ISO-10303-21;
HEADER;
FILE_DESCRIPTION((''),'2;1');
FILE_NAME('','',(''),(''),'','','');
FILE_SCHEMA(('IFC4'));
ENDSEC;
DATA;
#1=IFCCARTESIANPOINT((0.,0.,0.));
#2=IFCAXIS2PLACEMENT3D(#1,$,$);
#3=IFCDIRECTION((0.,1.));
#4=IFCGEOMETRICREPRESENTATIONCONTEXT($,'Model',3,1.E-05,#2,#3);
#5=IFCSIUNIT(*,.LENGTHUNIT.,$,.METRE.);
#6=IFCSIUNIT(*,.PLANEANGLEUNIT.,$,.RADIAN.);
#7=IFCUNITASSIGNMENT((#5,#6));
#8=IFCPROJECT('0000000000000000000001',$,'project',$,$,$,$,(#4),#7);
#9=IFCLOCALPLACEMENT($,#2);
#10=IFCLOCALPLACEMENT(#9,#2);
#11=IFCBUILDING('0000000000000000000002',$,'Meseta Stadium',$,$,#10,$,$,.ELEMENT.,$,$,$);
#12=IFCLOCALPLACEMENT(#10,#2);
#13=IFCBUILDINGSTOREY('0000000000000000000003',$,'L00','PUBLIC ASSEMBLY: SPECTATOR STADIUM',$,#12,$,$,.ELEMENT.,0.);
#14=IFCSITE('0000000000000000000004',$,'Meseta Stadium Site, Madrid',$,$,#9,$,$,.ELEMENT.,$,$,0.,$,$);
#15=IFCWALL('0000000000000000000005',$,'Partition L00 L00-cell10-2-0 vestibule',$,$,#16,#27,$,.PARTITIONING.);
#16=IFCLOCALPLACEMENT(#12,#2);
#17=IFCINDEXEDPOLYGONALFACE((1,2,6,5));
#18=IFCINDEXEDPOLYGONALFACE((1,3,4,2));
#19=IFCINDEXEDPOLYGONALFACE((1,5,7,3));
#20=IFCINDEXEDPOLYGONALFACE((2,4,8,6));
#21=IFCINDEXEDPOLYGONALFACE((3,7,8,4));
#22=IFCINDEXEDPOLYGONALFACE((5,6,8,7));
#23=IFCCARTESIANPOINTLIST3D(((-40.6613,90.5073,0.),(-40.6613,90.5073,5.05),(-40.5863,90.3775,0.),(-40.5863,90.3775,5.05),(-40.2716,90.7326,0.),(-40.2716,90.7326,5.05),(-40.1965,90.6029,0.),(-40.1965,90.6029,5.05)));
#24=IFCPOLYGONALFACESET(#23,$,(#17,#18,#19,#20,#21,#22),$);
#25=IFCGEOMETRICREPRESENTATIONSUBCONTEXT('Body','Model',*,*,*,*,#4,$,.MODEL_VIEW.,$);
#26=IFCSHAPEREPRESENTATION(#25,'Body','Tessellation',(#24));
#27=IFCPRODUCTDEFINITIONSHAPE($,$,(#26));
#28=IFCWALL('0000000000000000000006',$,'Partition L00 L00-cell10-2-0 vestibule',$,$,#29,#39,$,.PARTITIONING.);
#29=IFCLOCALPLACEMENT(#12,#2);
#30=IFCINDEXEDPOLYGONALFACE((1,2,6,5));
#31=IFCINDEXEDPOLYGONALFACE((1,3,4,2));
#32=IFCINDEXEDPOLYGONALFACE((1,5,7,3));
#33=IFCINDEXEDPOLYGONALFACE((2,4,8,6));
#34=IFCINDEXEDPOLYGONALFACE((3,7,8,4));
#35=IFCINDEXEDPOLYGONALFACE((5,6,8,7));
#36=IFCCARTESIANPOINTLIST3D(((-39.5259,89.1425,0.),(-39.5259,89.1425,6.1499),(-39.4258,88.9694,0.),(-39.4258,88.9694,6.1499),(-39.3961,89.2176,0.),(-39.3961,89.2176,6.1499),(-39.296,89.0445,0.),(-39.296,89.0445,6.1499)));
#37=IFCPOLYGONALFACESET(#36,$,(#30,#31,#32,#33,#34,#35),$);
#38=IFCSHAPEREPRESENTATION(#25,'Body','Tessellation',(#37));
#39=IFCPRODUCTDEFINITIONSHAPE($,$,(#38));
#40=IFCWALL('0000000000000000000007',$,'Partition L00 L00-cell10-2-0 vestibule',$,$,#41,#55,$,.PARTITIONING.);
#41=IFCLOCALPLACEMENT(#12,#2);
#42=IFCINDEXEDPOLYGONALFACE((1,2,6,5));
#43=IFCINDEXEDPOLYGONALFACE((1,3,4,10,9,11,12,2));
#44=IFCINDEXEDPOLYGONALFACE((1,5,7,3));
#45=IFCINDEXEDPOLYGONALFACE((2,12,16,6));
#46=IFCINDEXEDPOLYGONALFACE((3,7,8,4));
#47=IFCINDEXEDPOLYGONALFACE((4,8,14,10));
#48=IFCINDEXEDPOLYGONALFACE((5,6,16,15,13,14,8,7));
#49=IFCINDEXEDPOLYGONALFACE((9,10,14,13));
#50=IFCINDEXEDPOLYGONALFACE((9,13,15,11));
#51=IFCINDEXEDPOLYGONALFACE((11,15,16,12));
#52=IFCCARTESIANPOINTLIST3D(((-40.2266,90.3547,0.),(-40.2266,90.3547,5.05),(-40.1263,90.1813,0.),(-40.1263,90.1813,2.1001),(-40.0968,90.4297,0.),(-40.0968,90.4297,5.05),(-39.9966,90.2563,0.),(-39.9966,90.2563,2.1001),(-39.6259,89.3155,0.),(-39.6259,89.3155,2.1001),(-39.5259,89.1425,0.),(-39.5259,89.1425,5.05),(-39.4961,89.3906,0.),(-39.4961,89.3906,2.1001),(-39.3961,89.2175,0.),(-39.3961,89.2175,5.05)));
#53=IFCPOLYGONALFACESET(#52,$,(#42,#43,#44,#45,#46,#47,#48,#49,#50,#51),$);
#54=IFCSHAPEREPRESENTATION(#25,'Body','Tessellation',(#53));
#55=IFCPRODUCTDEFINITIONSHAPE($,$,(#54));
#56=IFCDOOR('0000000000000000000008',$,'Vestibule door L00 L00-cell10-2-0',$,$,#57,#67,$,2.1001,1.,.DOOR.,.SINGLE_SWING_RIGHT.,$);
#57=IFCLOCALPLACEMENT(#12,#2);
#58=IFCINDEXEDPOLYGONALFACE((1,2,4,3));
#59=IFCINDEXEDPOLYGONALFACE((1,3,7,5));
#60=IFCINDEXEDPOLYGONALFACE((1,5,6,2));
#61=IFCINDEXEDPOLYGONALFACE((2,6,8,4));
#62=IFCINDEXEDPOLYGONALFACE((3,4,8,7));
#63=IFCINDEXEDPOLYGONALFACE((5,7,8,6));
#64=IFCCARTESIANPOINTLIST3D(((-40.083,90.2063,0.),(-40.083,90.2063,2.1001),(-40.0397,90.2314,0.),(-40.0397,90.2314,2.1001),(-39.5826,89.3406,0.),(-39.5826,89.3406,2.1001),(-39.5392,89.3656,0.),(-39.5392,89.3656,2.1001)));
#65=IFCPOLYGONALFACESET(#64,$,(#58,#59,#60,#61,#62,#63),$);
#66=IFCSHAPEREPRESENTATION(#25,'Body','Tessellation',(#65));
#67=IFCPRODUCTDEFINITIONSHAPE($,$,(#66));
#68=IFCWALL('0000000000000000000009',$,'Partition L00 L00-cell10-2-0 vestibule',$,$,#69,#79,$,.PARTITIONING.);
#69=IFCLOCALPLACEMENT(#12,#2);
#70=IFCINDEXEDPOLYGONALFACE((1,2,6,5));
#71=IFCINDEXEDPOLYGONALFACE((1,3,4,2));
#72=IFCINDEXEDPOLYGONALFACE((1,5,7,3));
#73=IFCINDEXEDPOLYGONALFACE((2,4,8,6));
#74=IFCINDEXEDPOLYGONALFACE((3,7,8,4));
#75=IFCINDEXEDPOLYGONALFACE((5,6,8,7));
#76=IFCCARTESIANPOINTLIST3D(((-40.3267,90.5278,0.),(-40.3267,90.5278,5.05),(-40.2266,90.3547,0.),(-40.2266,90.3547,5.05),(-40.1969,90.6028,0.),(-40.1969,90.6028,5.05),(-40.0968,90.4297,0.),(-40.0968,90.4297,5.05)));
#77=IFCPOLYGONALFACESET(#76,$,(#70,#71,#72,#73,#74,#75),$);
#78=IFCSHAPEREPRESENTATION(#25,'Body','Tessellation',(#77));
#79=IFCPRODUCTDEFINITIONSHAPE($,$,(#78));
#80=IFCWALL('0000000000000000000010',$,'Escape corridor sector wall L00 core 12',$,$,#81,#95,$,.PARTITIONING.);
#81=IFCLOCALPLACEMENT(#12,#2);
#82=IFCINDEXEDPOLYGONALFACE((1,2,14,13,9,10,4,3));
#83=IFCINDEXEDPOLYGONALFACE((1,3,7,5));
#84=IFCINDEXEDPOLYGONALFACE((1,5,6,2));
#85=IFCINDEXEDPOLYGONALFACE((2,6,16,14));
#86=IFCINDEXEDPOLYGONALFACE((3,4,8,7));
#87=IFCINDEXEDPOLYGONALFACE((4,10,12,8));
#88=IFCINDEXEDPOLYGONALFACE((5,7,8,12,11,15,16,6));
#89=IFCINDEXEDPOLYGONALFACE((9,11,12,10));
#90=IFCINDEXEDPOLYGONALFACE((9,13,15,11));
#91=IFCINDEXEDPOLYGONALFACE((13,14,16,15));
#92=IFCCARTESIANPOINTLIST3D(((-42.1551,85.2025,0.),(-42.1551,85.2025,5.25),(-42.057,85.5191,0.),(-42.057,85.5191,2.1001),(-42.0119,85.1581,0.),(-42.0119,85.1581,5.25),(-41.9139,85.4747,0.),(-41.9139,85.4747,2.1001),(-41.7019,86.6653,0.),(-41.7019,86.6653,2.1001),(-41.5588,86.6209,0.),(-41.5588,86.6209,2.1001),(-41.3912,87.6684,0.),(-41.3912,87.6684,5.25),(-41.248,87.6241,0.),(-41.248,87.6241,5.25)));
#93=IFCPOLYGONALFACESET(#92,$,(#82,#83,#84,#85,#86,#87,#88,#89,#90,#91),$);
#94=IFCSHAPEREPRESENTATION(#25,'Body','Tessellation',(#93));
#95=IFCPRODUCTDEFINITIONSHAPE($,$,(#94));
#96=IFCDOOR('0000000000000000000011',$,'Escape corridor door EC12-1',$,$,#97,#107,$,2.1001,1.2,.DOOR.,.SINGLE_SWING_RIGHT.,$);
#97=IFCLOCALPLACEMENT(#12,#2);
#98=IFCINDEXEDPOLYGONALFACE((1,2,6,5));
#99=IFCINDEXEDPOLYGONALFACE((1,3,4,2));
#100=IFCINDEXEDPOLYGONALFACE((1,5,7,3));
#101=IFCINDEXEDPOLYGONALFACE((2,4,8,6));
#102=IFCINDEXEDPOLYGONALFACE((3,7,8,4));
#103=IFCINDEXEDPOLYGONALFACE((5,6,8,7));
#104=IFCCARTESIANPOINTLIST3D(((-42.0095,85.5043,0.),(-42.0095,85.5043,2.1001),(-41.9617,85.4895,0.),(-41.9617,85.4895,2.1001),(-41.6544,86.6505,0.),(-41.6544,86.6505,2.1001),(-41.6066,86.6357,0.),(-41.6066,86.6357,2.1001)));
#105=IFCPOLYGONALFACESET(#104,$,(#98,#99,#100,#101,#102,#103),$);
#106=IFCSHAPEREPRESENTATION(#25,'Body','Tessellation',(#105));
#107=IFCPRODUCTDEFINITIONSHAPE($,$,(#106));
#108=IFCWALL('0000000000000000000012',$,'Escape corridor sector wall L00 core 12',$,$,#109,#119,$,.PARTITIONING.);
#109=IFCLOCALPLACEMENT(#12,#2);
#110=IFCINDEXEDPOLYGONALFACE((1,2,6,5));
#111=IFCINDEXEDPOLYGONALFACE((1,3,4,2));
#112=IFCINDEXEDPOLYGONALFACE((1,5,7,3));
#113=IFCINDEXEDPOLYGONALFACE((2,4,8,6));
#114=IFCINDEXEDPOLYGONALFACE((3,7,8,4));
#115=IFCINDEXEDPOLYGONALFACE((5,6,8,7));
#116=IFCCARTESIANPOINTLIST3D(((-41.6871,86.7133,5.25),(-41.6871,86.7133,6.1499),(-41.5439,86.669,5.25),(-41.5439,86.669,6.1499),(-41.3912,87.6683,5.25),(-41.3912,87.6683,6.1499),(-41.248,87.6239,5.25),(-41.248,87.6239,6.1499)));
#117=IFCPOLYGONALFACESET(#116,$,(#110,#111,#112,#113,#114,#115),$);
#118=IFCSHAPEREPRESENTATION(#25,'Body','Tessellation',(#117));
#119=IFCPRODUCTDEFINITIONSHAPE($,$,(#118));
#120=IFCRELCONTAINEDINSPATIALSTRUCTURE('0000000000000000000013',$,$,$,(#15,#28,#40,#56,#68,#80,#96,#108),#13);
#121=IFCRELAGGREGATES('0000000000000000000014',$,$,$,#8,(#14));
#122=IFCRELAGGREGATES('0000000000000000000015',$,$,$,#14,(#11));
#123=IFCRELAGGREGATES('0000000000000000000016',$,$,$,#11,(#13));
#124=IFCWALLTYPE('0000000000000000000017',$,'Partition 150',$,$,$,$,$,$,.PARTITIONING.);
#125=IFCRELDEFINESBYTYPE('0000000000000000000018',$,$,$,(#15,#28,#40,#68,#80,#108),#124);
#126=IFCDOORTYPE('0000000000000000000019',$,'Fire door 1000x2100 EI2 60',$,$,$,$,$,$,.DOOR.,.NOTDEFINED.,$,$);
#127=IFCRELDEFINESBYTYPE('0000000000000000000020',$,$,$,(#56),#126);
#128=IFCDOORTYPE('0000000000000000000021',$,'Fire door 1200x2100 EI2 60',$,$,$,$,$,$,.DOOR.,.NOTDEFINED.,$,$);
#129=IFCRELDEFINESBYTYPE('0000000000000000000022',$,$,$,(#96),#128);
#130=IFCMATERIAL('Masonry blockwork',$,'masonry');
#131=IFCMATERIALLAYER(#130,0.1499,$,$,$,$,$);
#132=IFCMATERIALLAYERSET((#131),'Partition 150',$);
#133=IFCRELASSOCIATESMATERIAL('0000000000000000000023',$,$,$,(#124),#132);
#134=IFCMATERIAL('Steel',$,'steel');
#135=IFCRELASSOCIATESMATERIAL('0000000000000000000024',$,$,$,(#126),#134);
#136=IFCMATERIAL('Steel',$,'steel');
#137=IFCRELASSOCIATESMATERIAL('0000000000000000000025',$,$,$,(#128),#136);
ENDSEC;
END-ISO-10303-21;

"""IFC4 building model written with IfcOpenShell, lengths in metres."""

from ifc_helpers import new_model, si_unit, direction, frame, frame_2d, origin, place, context, subcontext, project, spatial, rectangle, extrude, material, layer, layer_set, type_object, element, fill, save


model = new_model("IFC4")

# Units and contexts
model_context = context("Model", 3, precision=1e-05, world=origin(), true_north=direction((0.0, 1.0)))
body_context = subcontext(model_context, "Body", "Model", "MODEL_VIEW")
ifc_project = project(units=[si_unit("LENGTHUNIT", "METRE"), si_unit("PLANEANGLEUNIT", "RADIAN")], contexts=[model_context])

# Site, building, storey
site_placement = place(None, origin())
site = spatial("IfcSite", under=ifc_project, at=site_placement, Name="Meseta Stadium Site, Madrid", CompositionType="ELEMENT", RefElevation=0.0)
building_placement = place(site_placement, origin())
building = spatial("IfcBuilding", under=site, at=building_placement, Name="Meseta Stadium", CompositionType="ELEMENT")
storey_placement = place(building_placement, origin())
storey = spatial("IfcBuildingStorey", under=building, at=storey_placement, Name="L00", Description="PUBLIC ASSEMBLY: SPECTATOR STADIUM", CompositionType="ELEMENT", Elevation=0.0)

# Shared definitions
ifc_material_1 = material(Name="Masonry blockwork", Category="masonry")
ifc_layer = layer(ifc_material_1, 0.1499)
ifc_layer_set = layer_set([ifc_layer], Name="Partition 150")
wall_type = type_object("IfcWallType", Name="Partition 150", PredefinedType="PARTITIONING", material=ifc_layer_set)

# Shared definitions
ifc_material_2 = material(Name="Steel", Category="steel")
door_type_1 = type_object("IfcDoorType", Name="Fire door 1000x2100 EI2 60", OperationType="NOTDEFINED", PredefinedType="DOOR", material=ifc_material_2)

# Walls
wall_1_placement = place(storey_placement, frame((-40.6238, 90.4424, 0.0), z_axis=(0.0, 0.0, 1.0), x_axis=(0.865661, 0.50063, 0.0)))
element("IfcWall", 1, at=wall_1_placement, inside=storey, type_object=wall_type, Name="Partition L00 L00-cell10-2-0 vestibule", PredefinedType="PARTITIONING", context=body_context, shape_type="SweptSolid", body=[
    extrude(rectangle(XDim=0.4502, YDim=0.1499, at=frame_2d((0.2251, 0.0))), origin(), (0.0, 0.0, 1.0), 5.05),
])
wall_2_placement = place(storey_placement, frame((-39.3608, 89.0068, 0.0), z_axis=(0.0, 0.0, 1.0), x_axis=(-0.500603, 0.865677, 0.0)))
element("IfcWall", 2, at=wall_2_placement, inside=storey, type_object=wall_type, Name="Partition L00 L00-cell10-2-0 vestibule", PredefinedType="PARTITIONING", context=body_context, shape_type="SweptSolid", body=[
    extrude(rectangle(XDim=0.2, YDim=0.1499, at=frame_2d((0.1001, 0.0))), origin(), (0.0, 0.0, 1.0), 6.1499),
])

# Wall, opening, door
wall_3_placement = place(storey_placement, frame((-39.4609, 89.1799, 0.0), z_axis=(0.0, 0.0, 1.0), x_axis=(-0.500452, 0.865764, 0.0)))
wall_3 = element("IfcWall", 3, at=wall_3_placement, inside=storey, type_object=wall_type, Name="Partition L00 L00-cell10-2-0 vestibule", PredefinedType="PARTITIONING", context=body_context, shape_type="SweptSolid", body=[
    extrude(rectangle(XDim=1.4001, YDim=0.1499, at=frame_2d((0.7002, 0.0))), origin(), (0.0, 0.0, 1.0), 5.05),
])
opening_1_placement = place(wall_3_placement, frame((0.2, 0.0, 0.0)))
opening_1 = element("IfcOpeningElement", 4, at=opening_1_placement, cuts=wall_3, PredefinedType="OPENING", context=body_context, shape_type="SweptSolid", body=[
    extrude(rectangle(XDim=1.0, YDim=2.1001, at=frame_2d((0.5, 1.05))), frame((0.0, 0.085, 0.0), z_axis=(0.0, -1.0, 0.0), x_axis=(1.0, 0.0, 0.0)), (0.0, 0.0, 1.0), 0.1699),
])
door_1_placement = place(opening_1_placement, origin())
door_1 = element("IfcDoor", 5, at=door_1_placement, inside=storey, type_object=door_type_1, Name="Vestibule door L00 L00-cell10-2-0", OperationType="SINGLE_SWING_RIGHT", OverallHeight=2.1001, OverallWidth=1.0, PredefinedType="DOOR", context=body_context, shape_type="SweptSolid", body=[
    extrude(rectangle(XDim=1.0, YDim=2.1001, at=frame_2d((0.5, 1.05))), frame((0.0, 0.0249, 0.0), z_axis=(0.0, -1.0, 0.0), x_axis=(1.0, 0.0, 0.0)), (0.0, 0.0, 1.0), 0.05),
])
fill(opening_1, door_1)

# Wall
wall_4_placement = place(storey_placement, frame((-40.1616, 90.3921, 0.0), z_axis=(0.0, 0.0, 1.0), x_axis=(-0.500603, 0.865677, 0.0)))
element("IfcWall", 6, at=wall_4_placement, inside=storey, type_object=wall_type, Name="Partition L00 L00-cell10-2-0 vestibule", PredefinedType="PARTITIONING", context=body_context, shape_type="SweptSolid", body=[
    extrude(rectangle(XDim=0.2, YDim=0.1499, at=frame_2d((0.1001, 0.0))), origin(), (0.0, 0.0, 1.0), 5.05),
])

# Wall, opening, door
wall_5_placement = place(storey_placement, frame((-41.3196, 87.6462, 0.0), z_axis=(0.0, 0.0, 1.0), x_axis=(-0.295926, -0.955211, 0.0)))
wall_5 = element("IfcWall", 7, at=wall_5_placement, inside=storey, type_object=wall_type, Name="Escape corridor sector wall L00 core 12", PredefinedType="PARTITIONING", context=body_context, shape_type="SweptSolid", body=[
    extrude(rectangle(XDim=2.5815, YDim=0.1499, at=frame_2d((1.2908, 0.0))), origin(), (0.0, 0.0, 1.0), 5.25),
])
opening_2_placement = place(wall_5_placement, frame((1.05, 0.0, 0.0)))
opening_2 = element("IfcOpeningElement", 8, at=opening_2_placement, cuts=wall_5, PredefinedType="OPENING", context=body_context, shape_type="SweptSolid", body=[
    extrude(rectangle(XDim=1.2, YDim=2.1001, at=frame_2d((0.6001, 1.05))), frame((0.0, 0.085, 0.0), z_axis=(0.0, -1.0, 0.0), x_axis=(1.0, 0.0, 0.0)), (0.0, 0.0, 1.0), 0.1699),
])
ifc_material_3 = material(Name="Steel", Category="steel")
door_type_2 = type_object("IfcDoorType", Name="Fire door 1200x2100 EI2 60", OperationType="NOTDEFINED", PredefinedType="DOOR", material=ifc_material_3)
door_2_placement = place(opening_2_placement, origin())
door_2 = element("IfcDoor", 9, at=door_2_placement, inside=storey, type_object=door_type_2, Name="Escape corridor door EC12-1", OperationType="SINGLE_SWING_RIGHT", OverallHeight=2.1001, OverallWidth=1.2, PredefinedType="DOOR", context=body_context, shape_type="SweptSolid", body=[
    extrude(rectangle(XDim=1.2, YDim=2.1001, at=frame_2d((0.6001, 1.05))), frame((0.0, 0.0249, 0.0), z_axis=(0.0, -1.0, 0.0), x_axis=(1.0, 0.0, 0.0)), (0.0, 0.0, 1.0), 0.05),
])
fill(opening_2, door_2)

# Wall
wall_6_placement = place(storey_placement, frame((-41.3196, 87.6462, 5.25), z_axis=(0.0, 0.0, 1.0), x_axis=(-0.295938, -0.955207, 0.0)))
element("IfcWall", 10, at=wall_6_placement, inside=storey, type_object=wall_type, Name="Escape corridor sector wall L00 core 12", PredefinedType="PARTITIONING", context=body_context, shape_type="SweptSolid", body=[
    extrude(rectangle(XDim=0.9998, YDim=0.1499, at=frame_2d((0.5, 0.0))), origin(), (0.0, 0.0, 1.0), 0.8999),
])

save(model, "model.ifc")
